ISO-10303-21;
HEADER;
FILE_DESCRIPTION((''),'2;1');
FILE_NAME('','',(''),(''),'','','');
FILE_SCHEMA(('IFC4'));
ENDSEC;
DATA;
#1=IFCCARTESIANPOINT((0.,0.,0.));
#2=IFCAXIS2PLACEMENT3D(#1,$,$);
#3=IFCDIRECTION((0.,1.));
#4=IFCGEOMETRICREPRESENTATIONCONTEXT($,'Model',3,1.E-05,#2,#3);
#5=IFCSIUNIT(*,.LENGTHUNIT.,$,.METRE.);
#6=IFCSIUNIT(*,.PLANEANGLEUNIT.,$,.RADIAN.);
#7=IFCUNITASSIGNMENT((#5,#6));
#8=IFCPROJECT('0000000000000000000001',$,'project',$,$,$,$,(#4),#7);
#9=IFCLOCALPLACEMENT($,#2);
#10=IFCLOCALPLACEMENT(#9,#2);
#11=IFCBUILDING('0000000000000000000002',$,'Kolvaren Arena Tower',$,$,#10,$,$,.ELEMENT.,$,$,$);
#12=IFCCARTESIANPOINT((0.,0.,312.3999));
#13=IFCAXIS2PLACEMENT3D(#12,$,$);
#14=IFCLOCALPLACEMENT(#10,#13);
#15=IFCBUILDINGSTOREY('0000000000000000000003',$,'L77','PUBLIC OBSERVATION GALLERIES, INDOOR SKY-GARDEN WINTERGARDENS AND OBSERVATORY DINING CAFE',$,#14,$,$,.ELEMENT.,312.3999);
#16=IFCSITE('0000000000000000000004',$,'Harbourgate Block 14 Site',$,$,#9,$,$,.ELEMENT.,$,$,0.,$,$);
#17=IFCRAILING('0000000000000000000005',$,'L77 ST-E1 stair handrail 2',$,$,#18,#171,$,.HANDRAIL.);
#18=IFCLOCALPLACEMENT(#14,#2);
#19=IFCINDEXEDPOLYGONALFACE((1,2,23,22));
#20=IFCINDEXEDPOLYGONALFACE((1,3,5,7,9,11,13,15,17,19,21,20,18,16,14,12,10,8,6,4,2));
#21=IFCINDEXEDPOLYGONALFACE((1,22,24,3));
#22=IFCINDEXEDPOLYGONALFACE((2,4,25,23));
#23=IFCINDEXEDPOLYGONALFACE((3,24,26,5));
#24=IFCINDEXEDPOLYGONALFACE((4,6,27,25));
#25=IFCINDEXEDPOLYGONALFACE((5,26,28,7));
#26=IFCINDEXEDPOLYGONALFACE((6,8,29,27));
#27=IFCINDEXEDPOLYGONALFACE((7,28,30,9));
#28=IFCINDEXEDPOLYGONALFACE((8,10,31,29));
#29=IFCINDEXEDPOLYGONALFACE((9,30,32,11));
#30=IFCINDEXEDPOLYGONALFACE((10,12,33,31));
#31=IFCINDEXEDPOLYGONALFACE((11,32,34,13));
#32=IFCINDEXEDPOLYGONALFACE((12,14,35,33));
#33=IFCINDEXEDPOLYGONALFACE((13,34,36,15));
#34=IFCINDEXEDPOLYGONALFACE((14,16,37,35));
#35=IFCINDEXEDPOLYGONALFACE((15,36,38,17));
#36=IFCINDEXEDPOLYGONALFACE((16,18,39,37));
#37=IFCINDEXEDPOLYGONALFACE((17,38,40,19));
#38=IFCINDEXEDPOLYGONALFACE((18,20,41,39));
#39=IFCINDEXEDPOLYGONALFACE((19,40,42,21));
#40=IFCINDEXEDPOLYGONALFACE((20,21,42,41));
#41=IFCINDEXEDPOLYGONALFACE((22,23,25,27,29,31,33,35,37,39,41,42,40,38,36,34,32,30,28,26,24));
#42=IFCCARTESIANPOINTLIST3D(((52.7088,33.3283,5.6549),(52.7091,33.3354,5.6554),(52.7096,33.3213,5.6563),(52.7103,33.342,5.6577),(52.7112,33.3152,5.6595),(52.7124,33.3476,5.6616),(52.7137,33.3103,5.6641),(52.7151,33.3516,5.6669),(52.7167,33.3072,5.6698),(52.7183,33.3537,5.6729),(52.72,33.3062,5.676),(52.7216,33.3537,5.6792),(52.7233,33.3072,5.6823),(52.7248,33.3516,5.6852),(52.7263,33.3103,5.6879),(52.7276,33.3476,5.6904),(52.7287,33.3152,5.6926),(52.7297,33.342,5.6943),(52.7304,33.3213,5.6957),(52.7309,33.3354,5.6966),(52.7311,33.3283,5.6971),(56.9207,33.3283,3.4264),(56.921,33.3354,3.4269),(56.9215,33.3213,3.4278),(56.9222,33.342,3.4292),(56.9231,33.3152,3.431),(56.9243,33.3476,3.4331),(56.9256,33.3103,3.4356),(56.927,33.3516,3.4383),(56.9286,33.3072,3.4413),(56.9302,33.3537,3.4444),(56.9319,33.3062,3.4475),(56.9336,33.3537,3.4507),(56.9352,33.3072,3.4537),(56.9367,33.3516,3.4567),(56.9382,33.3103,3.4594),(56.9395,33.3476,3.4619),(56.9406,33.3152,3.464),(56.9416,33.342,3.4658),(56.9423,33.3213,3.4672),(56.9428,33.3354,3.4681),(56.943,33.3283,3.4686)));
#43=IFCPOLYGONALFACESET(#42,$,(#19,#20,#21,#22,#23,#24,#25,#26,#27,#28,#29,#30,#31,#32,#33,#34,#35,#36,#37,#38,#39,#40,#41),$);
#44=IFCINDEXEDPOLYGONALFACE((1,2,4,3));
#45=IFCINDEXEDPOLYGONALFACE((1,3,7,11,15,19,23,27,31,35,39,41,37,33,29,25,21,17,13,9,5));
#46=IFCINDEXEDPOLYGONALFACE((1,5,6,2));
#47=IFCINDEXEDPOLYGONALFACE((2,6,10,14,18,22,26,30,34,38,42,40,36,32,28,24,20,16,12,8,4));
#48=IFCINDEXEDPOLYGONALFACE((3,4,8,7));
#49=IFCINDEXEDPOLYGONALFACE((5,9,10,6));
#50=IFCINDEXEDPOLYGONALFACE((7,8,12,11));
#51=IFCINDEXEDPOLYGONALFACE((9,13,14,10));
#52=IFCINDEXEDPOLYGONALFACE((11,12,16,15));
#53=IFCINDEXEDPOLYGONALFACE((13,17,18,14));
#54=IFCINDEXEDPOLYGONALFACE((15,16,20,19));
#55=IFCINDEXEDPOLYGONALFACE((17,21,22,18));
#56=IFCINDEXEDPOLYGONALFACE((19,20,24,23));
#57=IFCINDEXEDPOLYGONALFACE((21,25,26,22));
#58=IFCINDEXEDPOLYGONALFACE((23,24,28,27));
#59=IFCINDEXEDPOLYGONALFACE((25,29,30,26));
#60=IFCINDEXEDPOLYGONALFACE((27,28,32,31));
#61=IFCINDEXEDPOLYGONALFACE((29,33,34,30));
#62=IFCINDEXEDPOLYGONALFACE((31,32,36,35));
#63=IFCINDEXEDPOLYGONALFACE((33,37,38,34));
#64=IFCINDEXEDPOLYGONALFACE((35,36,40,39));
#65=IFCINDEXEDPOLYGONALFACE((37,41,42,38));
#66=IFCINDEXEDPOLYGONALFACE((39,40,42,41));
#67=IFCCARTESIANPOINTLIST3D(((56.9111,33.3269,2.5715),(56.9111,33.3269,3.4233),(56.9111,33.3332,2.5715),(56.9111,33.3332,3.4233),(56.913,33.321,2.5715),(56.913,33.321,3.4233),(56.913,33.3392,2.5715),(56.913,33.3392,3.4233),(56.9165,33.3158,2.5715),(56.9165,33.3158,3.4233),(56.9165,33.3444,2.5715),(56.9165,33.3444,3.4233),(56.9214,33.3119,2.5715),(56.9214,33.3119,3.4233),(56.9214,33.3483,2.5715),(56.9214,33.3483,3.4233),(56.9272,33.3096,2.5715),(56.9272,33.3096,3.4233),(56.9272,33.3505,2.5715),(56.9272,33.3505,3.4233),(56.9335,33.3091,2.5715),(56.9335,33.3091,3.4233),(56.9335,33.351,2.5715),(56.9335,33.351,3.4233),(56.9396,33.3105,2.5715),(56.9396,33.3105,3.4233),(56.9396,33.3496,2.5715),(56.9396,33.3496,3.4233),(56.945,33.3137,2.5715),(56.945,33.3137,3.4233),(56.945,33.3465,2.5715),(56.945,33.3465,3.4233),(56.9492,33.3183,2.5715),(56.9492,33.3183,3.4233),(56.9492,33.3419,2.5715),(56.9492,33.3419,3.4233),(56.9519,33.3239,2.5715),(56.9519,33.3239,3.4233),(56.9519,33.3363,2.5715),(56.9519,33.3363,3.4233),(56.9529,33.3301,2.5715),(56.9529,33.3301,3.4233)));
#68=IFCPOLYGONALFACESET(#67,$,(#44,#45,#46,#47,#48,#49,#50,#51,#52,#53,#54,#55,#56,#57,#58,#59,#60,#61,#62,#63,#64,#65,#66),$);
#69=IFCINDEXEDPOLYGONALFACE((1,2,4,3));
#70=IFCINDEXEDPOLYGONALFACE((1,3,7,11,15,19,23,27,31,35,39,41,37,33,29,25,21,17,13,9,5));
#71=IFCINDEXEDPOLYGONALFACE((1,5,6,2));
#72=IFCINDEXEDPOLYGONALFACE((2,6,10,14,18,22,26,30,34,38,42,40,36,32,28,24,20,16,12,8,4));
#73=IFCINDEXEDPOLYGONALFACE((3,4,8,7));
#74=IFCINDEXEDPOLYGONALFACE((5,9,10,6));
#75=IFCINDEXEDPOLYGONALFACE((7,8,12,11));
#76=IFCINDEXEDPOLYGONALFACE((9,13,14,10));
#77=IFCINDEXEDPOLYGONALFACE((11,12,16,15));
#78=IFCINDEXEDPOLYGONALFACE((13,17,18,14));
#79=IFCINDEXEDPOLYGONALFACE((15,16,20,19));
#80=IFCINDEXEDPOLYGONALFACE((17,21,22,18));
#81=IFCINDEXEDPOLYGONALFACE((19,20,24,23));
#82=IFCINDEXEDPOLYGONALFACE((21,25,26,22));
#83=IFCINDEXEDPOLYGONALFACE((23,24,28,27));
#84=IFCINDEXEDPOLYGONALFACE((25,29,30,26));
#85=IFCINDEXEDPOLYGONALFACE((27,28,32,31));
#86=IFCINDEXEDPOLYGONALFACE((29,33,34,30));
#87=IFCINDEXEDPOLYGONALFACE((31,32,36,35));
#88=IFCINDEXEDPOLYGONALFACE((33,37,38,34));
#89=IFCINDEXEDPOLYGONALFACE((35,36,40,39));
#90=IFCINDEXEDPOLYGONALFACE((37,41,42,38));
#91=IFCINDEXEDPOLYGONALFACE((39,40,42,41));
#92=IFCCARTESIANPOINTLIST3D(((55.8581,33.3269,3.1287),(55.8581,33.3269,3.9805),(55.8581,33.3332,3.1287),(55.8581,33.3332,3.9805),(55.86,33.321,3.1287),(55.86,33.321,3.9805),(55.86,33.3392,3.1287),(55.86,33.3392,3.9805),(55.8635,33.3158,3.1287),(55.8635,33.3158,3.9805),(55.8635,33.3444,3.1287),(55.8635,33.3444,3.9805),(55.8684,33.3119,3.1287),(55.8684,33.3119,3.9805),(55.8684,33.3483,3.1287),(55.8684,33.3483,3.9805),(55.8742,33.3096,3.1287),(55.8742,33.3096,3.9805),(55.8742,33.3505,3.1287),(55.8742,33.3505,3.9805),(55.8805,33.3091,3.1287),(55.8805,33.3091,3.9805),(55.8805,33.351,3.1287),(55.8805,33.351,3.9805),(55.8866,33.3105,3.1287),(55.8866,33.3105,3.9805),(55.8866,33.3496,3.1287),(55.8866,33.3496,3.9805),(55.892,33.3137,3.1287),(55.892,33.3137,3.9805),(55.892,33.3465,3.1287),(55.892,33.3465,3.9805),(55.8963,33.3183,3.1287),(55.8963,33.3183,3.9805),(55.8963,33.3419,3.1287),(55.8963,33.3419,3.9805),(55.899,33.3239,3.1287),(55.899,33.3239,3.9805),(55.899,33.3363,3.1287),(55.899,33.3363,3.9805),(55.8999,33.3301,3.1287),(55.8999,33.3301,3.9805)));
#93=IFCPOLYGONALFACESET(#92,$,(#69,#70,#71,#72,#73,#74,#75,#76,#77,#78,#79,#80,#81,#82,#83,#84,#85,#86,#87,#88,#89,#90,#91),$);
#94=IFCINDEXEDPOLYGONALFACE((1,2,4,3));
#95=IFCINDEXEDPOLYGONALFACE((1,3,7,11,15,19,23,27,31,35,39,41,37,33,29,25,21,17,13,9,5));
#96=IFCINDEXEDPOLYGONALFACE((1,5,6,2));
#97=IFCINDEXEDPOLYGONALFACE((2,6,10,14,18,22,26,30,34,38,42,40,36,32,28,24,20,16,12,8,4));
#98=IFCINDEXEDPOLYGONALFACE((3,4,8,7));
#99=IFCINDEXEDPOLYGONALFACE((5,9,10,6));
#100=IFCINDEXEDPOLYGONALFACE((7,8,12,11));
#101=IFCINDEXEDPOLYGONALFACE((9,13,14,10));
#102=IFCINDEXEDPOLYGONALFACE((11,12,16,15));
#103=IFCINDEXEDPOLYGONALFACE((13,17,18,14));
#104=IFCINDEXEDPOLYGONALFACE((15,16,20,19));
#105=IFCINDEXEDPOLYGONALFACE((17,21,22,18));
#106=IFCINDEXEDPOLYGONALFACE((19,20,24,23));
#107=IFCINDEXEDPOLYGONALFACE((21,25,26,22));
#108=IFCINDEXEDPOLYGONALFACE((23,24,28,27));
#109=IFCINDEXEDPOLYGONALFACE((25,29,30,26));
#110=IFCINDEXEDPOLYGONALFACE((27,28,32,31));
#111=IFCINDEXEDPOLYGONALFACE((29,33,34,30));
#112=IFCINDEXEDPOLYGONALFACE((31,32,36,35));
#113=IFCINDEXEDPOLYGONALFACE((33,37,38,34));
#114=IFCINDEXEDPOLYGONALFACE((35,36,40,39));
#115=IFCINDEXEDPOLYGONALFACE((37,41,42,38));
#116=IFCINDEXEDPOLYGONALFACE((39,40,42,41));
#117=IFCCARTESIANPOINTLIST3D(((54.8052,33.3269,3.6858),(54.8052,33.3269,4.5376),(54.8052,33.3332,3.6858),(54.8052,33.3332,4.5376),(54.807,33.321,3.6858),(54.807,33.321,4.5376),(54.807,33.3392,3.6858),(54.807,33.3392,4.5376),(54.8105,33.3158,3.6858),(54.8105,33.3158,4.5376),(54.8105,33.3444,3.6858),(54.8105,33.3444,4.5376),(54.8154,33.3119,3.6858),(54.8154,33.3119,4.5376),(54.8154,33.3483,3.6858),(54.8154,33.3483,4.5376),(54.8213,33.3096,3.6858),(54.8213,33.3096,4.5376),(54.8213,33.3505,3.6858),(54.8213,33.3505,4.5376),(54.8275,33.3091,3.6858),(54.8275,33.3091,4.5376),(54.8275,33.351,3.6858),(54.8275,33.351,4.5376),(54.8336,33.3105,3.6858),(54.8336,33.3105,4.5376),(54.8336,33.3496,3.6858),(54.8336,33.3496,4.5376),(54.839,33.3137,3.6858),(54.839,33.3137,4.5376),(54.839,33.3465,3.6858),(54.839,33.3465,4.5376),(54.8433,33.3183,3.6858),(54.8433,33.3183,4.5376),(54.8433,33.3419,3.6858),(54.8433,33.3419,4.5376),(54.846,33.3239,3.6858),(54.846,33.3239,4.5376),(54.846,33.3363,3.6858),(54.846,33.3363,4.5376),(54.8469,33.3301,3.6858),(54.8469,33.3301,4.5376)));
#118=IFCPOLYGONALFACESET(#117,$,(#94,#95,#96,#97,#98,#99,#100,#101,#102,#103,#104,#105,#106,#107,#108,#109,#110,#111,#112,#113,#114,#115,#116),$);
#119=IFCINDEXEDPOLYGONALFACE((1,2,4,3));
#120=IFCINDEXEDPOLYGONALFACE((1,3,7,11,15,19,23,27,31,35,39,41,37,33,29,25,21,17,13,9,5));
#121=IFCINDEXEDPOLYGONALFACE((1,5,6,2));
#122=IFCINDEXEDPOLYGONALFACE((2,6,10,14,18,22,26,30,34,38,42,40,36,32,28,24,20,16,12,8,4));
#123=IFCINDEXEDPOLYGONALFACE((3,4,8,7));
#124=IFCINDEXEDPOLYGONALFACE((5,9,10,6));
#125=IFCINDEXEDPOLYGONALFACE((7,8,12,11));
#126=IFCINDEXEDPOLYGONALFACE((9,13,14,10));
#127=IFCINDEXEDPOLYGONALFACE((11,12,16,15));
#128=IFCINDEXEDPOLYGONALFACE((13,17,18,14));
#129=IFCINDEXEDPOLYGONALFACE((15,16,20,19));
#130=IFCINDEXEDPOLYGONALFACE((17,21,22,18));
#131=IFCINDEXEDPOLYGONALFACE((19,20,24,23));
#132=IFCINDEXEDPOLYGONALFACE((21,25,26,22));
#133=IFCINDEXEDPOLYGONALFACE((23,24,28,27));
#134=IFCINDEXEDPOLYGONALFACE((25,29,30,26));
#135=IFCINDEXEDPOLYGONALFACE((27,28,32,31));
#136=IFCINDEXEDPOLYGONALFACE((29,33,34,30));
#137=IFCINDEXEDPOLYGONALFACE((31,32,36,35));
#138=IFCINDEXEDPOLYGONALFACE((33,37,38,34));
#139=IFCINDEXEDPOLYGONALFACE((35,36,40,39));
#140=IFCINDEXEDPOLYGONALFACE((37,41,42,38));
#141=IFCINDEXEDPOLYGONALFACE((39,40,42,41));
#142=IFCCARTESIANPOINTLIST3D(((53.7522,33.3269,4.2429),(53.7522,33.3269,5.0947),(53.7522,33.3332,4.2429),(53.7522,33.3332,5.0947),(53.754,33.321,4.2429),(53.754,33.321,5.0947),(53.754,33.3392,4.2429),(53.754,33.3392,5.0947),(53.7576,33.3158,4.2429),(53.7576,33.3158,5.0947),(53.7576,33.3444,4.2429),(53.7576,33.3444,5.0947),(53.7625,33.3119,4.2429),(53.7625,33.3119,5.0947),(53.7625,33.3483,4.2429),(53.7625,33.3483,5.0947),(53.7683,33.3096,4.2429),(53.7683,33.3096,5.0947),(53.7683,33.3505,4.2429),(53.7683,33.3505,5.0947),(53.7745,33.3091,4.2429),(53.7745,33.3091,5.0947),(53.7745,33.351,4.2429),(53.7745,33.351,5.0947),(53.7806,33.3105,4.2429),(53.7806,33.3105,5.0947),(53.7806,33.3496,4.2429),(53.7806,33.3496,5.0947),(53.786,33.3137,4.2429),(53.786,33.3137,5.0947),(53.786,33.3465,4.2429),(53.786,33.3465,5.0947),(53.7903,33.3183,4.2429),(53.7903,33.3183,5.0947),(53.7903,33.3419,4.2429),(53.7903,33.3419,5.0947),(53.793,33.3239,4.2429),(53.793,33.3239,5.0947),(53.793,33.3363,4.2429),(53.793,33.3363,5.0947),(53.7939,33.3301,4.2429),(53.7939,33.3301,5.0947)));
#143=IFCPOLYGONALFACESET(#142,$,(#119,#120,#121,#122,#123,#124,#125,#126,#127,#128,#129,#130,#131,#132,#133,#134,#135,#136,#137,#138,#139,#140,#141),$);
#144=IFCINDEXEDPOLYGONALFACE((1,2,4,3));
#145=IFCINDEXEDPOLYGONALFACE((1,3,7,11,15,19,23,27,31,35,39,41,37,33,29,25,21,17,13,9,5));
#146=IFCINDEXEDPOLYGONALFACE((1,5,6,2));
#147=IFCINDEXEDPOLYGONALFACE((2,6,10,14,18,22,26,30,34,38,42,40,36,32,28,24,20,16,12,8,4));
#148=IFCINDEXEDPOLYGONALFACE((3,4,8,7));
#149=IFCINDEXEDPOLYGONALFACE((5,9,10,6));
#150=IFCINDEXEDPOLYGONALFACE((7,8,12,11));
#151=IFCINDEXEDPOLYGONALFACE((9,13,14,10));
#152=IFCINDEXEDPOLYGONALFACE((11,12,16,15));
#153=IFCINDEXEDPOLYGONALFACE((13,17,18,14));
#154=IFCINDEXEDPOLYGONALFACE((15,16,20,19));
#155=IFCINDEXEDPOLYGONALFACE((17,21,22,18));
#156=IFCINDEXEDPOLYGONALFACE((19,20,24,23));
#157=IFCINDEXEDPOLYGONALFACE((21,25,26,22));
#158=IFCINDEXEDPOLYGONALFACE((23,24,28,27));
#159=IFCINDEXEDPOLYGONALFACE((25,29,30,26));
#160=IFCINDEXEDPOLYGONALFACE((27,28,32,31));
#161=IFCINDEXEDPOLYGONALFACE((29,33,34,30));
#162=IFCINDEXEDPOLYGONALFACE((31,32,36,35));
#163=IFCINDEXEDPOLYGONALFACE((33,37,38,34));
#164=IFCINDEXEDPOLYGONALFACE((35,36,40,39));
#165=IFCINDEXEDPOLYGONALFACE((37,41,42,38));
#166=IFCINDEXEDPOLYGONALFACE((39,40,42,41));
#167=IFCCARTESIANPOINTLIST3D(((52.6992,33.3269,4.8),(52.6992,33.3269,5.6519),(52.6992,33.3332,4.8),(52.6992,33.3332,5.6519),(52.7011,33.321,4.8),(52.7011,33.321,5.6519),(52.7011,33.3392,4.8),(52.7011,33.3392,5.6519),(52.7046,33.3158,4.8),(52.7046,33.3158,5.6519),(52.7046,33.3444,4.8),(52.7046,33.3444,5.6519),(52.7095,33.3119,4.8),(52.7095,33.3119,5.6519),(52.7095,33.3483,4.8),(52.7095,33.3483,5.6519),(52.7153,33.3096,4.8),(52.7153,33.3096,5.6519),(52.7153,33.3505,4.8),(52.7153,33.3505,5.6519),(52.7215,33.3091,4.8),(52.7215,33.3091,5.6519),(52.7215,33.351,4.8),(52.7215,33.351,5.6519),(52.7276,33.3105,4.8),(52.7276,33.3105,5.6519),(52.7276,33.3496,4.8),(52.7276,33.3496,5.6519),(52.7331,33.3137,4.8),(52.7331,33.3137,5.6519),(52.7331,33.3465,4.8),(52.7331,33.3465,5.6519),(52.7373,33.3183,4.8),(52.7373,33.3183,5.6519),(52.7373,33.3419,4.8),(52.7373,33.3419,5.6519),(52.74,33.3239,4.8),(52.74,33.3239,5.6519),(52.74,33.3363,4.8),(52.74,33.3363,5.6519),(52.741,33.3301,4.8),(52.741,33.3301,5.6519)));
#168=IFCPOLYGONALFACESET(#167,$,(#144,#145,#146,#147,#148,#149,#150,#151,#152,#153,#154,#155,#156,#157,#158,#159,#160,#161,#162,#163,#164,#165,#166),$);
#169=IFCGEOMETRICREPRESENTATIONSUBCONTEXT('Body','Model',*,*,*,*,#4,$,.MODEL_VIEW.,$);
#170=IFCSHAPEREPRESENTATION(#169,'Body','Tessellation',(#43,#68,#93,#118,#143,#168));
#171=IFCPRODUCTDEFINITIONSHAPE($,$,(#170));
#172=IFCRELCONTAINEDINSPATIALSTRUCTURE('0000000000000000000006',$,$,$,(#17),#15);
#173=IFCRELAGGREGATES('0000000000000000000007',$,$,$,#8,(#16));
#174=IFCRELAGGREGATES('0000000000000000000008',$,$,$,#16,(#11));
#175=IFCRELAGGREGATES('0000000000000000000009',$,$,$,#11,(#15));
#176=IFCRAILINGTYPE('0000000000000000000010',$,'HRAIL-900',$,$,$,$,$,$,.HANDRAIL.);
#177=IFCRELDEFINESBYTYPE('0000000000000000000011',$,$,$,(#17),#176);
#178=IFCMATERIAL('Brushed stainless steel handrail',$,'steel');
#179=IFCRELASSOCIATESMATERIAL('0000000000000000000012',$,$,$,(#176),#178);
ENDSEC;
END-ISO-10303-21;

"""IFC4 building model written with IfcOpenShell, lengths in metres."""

from ifc_helpers import new_model, si_unit, direction, frame, origin, origin_2d, place, context, subcontext, project, spatial, circle, extrude, material, type_object, element, save


model = new_model("IFC4")

# Units and contexts
model_context = context("Model", 3, precision=1e-05, world=origin(), true_north=direction((0.0, 1.0)))
body_context = subcontext(model_context, "Body", "Model", "MODEL_VIEW")
ifc_project = project(units=[si_unit("LENGTHUNIT", "METRE"), si_unit("PLANEANGLEUNIT", "RADIAN")], contexts=[model_context])

# Site, building, storey
site_placement = place(None, origin())
site = spatial("IfcSite", under=ifc_project, at=site_placement, Name="Harbourgate Block 14 Site", CompositionType="ELEMENT", RefElevation=0.0)
building_placement = place(site_placement, origin())
building = spatial("IfcBuilding", under=site, at=building_placement, Name="Kolvaren Arena Tower", CompositionType="ELEMENT")
storey_placement = place(building_placement, frame((0.0, 0.0, 312.3999)))
storey = spatial("IfcBuildingStorey", under=building, at=storey_placement, Name="L77", Description="PUBLIC OBSERVATION GALLERIES, INDOOR SKY-GARDEN WINTERGARDENS AND OBSERVATORY DINING CAFE", CompositionType="ELEMENT", Elevation=312.3999)

# Railing
ifc_material_1 = material(Name="Brushed stainless steel handrail", Category="steel")
railing_type_1 = type_object("IfcRailingType", Name="HRAIL-900", PredefinedType="HANDRAIL", material=ifc_material_1)
railing_1_placement = place(storey_placement, frame((56.9319, 33.3301, 2.5715)))
element("IfcRailing", 1, at=railing_1_placement, inside=storey, type_object=railing_type_1, Name="L77 ST-E1 stair handrail 2", PredefinedType="HANDRAIL", context=body_context, shape_type="SweptSolid", body=[
    extrude(circle(Radius=0.0239, at=origin_2d()), frame((0.0, 0.0, 0.876), z_axis=(-0.883903, 0.0, 0.467671), x_axis=(0.0, -1.0, 0.0)), (0.0, 0.0, 1.0), 4.7651),
    extrude(circle(Radius=0.021, at=origin_2d()), origin(), (0.0, 0.0, 1.0), 0.8518),
    extrude(circle(Radius=0.021, at=origin_2d()), frame((-1.053, 0.0, 0.5571)), (0.0, 0.0, 1.0), 0.8518),
    extrude(circle(Radius=0.021, at=origin_2d()), frame((-2.106, 0.0, 1.1143)), (0.0, 0.0, 1.0), 0.8518),
    extrude(circle(Radius=0.021, at=origin_2d()), frame((-3.1589, 0.0, 1.6714)), (0.0, 0.0, 1.0), 0.8518),
    extrude(circle(Radius=0.021, at=origin_2d()), frame((-4.2119, 0.0, 2.2285)), (0.0, 0.0, 1.0), 0.8518),
])

save(model, "model.ifc")
